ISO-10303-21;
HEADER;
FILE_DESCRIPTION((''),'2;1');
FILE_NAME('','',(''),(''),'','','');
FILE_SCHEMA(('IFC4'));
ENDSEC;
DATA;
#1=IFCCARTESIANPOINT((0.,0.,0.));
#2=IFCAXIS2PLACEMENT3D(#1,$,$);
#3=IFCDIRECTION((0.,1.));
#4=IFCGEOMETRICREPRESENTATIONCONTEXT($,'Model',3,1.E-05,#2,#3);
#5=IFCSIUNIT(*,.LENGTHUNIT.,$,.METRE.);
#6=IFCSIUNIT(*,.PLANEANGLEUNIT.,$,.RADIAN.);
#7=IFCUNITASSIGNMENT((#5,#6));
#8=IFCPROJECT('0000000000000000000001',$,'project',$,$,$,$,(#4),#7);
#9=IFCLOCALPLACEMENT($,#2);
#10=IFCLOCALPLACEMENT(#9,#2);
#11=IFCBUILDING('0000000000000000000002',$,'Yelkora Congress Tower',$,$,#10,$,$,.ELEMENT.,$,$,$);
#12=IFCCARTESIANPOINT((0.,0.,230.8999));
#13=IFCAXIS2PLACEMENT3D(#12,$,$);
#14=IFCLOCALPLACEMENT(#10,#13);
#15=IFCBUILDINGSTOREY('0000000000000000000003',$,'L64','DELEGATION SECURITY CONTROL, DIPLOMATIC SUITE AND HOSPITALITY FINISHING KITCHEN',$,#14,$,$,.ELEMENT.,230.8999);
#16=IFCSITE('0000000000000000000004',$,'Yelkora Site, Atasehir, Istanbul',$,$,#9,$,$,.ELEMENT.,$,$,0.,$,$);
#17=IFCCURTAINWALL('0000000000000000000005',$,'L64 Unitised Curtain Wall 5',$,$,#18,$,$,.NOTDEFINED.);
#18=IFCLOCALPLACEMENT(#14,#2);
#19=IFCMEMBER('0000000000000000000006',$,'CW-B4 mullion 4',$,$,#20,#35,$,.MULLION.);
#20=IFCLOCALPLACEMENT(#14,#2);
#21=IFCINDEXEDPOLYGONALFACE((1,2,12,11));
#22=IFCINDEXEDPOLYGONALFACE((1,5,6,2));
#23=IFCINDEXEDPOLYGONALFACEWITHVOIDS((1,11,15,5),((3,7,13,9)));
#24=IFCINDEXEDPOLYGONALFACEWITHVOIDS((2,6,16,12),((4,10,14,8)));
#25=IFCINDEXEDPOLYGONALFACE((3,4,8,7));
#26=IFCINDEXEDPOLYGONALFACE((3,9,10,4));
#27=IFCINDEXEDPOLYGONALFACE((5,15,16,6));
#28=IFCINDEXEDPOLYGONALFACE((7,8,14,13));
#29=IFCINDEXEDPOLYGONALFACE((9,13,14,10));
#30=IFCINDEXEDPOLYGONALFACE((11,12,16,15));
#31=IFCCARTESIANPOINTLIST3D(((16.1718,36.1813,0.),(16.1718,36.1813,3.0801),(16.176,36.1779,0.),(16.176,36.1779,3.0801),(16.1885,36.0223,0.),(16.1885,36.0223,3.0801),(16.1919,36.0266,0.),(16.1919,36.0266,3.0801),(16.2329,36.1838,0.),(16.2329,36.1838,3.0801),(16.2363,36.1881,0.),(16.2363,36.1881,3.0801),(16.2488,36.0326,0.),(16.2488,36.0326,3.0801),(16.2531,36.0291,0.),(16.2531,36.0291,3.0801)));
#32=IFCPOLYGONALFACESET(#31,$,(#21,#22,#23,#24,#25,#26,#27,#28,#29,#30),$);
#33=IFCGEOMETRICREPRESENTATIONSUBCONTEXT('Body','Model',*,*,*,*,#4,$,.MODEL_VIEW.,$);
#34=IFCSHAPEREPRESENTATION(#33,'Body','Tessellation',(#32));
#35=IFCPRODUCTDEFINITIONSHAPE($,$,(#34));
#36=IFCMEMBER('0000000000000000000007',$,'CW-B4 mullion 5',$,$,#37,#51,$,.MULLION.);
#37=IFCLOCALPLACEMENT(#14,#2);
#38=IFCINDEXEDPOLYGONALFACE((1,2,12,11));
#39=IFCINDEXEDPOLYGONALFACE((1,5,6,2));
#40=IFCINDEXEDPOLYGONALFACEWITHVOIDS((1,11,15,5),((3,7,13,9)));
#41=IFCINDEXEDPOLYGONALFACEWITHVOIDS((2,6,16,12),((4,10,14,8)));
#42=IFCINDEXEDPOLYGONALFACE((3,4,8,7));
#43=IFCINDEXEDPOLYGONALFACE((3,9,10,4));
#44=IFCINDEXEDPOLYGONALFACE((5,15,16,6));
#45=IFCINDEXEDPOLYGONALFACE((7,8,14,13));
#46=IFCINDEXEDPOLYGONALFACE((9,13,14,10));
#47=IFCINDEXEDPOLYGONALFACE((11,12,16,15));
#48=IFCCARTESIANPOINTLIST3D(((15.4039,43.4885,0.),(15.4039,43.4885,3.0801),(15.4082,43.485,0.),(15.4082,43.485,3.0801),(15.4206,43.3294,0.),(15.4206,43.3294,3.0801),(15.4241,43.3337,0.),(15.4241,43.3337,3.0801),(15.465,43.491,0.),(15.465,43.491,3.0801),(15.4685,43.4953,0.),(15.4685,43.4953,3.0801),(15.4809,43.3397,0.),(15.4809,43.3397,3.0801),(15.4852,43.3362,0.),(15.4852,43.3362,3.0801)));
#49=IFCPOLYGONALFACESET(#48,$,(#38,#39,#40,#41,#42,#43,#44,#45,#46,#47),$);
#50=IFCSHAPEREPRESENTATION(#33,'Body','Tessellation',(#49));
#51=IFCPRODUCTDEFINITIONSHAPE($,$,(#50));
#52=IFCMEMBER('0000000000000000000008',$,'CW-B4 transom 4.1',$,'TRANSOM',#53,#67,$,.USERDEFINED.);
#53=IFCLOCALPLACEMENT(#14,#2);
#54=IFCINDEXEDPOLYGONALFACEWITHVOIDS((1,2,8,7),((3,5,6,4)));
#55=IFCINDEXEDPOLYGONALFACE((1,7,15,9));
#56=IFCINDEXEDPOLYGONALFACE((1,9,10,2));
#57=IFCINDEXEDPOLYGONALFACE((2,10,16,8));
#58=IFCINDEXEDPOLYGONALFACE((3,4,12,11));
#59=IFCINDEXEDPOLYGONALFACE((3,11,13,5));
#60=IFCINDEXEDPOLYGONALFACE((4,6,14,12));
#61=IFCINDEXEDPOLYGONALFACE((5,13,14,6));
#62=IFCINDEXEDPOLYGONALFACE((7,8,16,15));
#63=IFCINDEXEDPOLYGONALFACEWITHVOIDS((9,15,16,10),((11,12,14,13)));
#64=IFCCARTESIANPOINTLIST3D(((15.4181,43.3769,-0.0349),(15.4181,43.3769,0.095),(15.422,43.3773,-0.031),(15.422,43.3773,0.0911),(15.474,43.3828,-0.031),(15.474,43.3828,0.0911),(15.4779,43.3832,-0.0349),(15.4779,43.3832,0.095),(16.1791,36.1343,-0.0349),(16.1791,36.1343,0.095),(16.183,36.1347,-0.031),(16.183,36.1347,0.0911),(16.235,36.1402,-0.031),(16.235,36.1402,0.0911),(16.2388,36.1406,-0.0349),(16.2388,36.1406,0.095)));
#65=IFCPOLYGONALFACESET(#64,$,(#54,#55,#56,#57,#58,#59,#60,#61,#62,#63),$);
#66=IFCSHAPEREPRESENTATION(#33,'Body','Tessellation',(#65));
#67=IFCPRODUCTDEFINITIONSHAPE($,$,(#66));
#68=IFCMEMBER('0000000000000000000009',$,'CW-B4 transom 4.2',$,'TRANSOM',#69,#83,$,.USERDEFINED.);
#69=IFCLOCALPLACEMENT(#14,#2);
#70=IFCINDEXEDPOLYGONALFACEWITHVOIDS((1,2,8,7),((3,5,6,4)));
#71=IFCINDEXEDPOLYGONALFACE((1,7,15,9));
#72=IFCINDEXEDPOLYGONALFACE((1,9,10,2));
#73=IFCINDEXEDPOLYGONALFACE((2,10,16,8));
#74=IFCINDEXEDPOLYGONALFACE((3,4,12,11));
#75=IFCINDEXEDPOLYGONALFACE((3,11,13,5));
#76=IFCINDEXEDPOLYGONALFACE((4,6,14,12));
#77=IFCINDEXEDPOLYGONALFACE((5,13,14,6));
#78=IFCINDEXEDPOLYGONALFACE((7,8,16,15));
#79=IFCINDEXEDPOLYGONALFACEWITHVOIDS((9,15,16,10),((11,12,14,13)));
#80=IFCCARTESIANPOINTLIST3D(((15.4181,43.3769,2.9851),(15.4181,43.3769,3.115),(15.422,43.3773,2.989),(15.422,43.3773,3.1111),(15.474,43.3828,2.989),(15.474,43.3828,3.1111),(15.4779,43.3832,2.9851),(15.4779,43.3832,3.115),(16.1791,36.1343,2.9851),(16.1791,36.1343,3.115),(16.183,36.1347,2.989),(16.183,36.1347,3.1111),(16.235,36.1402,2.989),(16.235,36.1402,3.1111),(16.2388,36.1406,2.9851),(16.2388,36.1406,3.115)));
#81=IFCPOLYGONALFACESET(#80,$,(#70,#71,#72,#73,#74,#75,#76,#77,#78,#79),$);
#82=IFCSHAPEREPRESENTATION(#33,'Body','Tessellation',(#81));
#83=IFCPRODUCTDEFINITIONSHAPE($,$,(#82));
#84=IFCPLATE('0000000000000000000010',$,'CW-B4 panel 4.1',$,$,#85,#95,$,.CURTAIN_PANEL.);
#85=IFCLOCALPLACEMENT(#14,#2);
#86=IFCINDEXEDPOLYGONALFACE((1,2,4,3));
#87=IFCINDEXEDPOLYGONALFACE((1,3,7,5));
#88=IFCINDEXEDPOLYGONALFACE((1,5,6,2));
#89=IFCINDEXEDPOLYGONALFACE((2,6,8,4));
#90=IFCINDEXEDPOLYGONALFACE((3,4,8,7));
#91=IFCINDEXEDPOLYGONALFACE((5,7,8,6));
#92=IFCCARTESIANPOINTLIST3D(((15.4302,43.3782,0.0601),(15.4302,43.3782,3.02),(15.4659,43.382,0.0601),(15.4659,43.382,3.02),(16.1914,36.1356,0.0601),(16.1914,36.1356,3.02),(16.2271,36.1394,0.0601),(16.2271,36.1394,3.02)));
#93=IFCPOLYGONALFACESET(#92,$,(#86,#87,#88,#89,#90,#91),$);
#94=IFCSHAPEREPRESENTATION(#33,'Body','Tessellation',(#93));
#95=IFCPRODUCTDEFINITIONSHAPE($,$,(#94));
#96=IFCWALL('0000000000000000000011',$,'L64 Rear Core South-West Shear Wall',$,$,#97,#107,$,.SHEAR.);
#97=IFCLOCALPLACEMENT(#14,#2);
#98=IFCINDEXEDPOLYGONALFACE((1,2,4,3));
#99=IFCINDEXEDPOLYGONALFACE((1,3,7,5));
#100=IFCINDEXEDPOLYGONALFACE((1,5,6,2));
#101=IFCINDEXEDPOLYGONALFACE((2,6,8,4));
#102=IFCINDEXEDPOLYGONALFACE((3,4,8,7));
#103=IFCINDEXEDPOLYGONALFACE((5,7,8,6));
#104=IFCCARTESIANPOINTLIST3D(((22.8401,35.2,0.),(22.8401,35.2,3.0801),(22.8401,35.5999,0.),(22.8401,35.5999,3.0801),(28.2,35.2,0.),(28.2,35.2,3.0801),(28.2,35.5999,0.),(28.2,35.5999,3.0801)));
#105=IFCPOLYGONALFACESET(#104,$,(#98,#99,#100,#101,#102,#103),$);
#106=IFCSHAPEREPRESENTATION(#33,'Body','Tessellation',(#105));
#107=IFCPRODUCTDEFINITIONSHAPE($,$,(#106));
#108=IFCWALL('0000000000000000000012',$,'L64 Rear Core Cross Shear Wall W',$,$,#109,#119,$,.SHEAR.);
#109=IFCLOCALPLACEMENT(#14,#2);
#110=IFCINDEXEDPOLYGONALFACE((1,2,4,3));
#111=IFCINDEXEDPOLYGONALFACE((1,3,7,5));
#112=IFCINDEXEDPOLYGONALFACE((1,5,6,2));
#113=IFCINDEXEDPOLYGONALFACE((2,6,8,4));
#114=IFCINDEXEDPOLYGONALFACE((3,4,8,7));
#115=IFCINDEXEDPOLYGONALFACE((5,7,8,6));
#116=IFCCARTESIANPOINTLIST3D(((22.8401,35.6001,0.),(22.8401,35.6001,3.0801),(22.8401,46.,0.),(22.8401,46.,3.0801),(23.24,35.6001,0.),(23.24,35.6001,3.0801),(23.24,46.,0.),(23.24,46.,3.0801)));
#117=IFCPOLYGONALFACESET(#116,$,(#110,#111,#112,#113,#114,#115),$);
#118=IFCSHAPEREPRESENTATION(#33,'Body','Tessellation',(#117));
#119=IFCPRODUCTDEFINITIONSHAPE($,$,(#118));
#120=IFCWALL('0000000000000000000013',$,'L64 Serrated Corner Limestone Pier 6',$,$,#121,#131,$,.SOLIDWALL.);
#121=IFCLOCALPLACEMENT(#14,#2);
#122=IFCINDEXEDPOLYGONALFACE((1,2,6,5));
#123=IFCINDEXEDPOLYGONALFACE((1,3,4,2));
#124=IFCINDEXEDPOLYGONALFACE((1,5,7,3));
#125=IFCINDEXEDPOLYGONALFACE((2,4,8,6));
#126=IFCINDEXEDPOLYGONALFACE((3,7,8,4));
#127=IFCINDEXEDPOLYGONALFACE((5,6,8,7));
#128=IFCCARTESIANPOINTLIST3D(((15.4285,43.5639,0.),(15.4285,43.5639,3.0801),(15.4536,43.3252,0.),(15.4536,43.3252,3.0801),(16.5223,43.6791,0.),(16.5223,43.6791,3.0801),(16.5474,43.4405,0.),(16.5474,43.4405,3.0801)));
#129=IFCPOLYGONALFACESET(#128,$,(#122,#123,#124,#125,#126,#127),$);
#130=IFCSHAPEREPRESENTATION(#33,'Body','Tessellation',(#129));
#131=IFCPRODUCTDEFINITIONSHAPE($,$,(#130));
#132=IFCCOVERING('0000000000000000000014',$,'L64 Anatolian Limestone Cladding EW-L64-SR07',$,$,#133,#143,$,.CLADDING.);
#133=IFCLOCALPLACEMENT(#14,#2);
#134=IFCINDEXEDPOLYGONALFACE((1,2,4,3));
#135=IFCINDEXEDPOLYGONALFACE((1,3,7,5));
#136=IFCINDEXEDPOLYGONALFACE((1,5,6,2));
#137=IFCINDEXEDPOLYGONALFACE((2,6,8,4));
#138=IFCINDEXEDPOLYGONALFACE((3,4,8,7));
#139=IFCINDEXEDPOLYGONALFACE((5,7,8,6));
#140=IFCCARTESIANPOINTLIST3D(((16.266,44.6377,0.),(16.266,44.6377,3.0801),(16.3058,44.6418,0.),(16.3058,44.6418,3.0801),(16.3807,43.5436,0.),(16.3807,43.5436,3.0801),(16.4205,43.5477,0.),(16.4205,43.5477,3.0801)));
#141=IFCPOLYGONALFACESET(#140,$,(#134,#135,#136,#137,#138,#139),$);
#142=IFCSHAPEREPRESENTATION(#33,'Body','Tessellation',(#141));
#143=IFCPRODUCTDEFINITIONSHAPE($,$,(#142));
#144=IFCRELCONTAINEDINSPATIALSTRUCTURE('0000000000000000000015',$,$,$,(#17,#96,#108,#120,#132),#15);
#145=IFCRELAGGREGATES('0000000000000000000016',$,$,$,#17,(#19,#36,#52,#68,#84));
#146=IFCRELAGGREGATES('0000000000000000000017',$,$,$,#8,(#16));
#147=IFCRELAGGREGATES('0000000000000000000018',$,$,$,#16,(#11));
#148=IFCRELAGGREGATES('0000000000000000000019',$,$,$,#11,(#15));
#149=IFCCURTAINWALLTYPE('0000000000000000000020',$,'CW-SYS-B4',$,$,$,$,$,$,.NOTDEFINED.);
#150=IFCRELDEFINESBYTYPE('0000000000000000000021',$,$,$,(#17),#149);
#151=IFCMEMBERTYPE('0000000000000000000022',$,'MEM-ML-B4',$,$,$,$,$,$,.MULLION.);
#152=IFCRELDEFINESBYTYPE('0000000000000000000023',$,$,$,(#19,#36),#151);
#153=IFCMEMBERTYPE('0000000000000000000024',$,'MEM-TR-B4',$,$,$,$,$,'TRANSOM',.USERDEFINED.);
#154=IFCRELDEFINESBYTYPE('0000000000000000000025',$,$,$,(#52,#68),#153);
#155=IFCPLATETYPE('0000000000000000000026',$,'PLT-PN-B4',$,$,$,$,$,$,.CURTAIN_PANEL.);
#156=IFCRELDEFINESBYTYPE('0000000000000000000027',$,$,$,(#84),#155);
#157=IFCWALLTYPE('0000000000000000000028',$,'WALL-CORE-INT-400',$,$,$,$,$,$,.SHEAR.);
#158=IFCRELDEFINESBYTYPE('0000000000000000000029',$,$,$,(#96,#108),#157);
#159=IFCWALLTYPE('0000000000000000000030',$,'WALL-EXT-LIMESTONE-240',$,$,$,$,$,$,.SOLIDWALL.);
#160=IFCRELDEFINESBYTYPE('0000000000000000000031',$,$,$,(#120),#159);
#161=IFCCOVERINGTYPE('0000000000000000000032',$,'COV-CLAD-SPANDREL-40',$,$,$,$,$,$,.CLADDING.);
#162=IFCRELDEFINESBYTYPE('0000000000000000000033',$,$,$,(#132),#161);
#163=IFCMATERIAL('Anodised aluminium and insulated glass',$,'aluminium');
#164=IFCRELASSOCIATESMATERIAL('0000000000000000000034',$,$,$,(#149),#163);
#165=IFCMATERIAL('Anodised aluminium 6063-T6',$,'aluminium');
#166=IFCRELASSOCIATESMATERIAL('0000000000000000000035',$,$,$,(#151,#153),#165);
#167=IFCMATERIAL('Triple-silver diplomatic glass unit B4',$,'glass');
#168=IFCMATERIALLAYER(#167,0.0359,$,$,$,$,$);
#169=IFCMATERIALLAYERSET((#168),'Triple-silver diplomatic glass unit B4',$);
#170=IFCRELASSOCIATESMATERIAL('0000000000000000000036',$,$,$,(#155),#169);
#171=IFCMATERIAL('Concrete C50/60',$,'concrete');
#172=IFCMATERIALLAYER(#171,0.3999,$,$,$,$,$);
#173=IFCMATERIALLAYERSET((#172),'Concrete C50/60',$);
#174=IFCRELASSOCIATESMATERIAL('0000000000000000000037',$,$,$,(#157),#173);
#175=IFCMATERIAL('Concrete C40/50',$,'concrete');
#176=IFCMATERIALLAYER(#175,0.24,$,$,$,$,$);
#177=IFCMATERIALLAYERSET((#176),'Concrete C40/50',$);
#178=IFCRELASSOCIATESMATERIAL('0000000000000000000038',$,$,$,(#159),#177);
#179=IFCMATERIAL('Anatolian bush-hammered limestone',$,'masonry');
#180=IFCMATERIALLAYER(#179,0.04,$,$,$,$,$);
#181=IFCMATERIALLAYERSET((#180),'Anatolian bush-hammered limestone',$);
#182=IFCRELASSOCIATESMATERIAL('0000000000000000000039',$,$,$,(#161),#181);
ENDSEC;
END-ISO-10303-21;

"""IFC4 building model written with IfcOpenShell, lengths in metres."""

from ifc_helpers import new_model, si_unit, direction, frame, frame_2d, origin, origin_2d, place, context, subcontext, project, spatial, rectangle, hollow_rectangle, extrude, material, layer, layer_set, material_profile, profile_set, type_object, element, aggregate, save


model = new_model("IFC4")

# Units and contexts
model_context = context("Model", 3, precision=1e-05, world=origin(), true_north=direction((0.0, 1.0)))
body_context = subcontext(model_context, "Body", "Model", "MODEL_VIEW")
ifc_project = project(units=[si_unit("LENGTHUNIT", "METRE"), si_unit("PLANEANGLEUNIT", "RADIAN")], contexts=[model_context])

# Site, building, storey
site_placement = place(None, origin())
site = spatial("IfcSite", under=ifc_project, at=site_placement, Name="Yelkora Site, Atasehir, Istanbul", CompositionType="ELEMENT", RefElevation=0.0)
building_placement = place(site_placement, origin())
building = spatial("IfcBuilding", under=site, at=building_placement, Name="Yelkora Congress Tower", CompositionType="ELEMENT")
storey_placement = place(building_placement, frame((0.0, 0.0, 230.8999)))
storey = spatial("IfcBuildingStorey", under=building, at=storey_placement, Name="L64", Description="DELEGATION SECURITY CONTROL, DIPLOMATIC SUITE AND HOSPITALITY FINISHING KITCHEN", CompositionType="ELEMENT", Elevation=230.8999)

# Curtain wall, members, plate
ifc_material_1 = material(Name="Anodised aluminium and insulated glass", Category="aluminium")
curtain_wall_type = type_object("IfcCurtainWallType", Name="CW-SYS-B4", PredefinedType="NOTDEFINED", material=ifc_material_1)
curtain_wall_placement = place(storey_placement, origin())
curtain_wall = element("IfcCurtainWall", 1, at=curtain_wall_placement, inside=storey, type_object=curtain_wall_type, Name="L64 Unitised Curtain Wall 5", PredefinedType="NOTDEFINED")
ifc_material_2 = material(Name="Anodised aluminium 6063-T6", Category="aluminium")
ifc_material_profile_1 = material_profile(ifc_material_2, hollow_rectangle(XDim=0.0649, YDim=0.1599, WallThickness=0.0039, at=origin_2d()), Name="ALU 65x160x4")
ifc_profile_set_1 = profile_set([ifc_material_profile_1], Name="Anodised aluminium 6063-T6")
member_type_1 = type_object("IfcMemberType", Name="MEM-ML-B4", PredefinedType="MULLION", material=ifc_profile_set_1)
member_1_placement = place(storey_placement, frame((16.2124, 36.1052, 0.0), z_axis=(0.0, 0.0, 1.0), x_axis=(-0.994522, -0.104526, 0.0)))
member_1 = element("IfcMember", 2, at=member_1_placement, type_object=member_type_1, Name="CW-B4 mullion 4", PredefinedType="MULLION", context=body_context, shape_type="SweptSolid", body=[
    extrude(hollow_rectangle(XDim=0.0649, YDim=0.1599, WallThickness=0.0039, at=origin_2d()), origin(), (0.0, 0.0, 1.0), 3.0801),
])
member_2_placement = place(storey_placement, frame((15.4446, 43.4124, 0.0), z_axis=(0.0, 0.0, 1.0), x_axis=(-0.994522, -0.104526, 0.0)))
member_2 = element("IfcMember", 3, at=member_2_placement, type_object=member_type_1, Name="CW-B4 mullion 5", PredefinedType="MULLION", context=body_context, shape_type="SweptSolid", body=[
    extrude(hollow_rectangle(XDim=0.0649, YDim=0.1599, WallThickness=0.0039, at=origin_2d()), origin(), (0.0, 0.0, 1.0), 3.0801),
])
ifc_material_profile_2 = material_profile(ifc_material_2, hollow_rectangle(XDim=0.0601, YDim=0.1299, WallThickness=0.0039, at=origin_2d()), Name="ALU 60x130x4")
ifc_profile_set_2 = profile_set([ifc_material_profile_2], Name="Anodised aluminium 6063-T6")
member_type_2 = type_object("IfcMemberType", Name="MEM-TR-B4", ElementType="TRANSOM", PredefinedType="USERDEFINED", material=ifc_profile_set_2)
member_3_placement = place(storey_placement, frame((16.209, 36.1375, 0.03), z_axis=(-0.104495, 0.994525, 0.0), x_axis=(-0.994525, -0.104495, 0.0)))
member_3 = element("IfcMember", 4, at=member_3_placement, type_object=member_type_2, Name="CW-B4 transom 4.1", ObjectType="TRANSOM", PredefinedType="USERDEFINED", context=body_context, shape_type="SweptSolid", body=[
    extrude(hollow_rectangle(XDim=0.0601, YDim=0.1299, WallThickness=0.0039, at=origin_2d()), origin(), (0.0, 0.0, 1.0), 7.2825),
])
member_4_placement = place(storey_placement, frame((16.209, 36.1375, 3.05), z_axis=(-0.104495, 0.994525, 0.0), x_axis=(-0.994525, -0.104495, 0.0)))
member_4 = element("IfcMember", 5, at=member_4_placement, type_object=member_type_2, Name="CW-B4 transom 4.2", ObjectType="TRANSOM", PredefinedType="USERDEFINED", context=body_context, shape_type="SweptSolid", body=[
    extrude(hollow_rectangle(XDim=0.0601, YDim=0.1299, WallThickness=0.0039, at=origin_2d()), origin(), (0.0, 0.0, 1.0), 7.2825),
])
ifc_material_3 = material(Name="Triple-silver diplomatic glass unit B4", Category="glass")
ifc_layer_1 = layer(ifc_material_3, 0.0359)
ifc_layer_set_1 = layer_set([ifc_layer_1], Name="Triple-silver diplomatic glass unit B4")
plate_type = type_object("IfcPlateType", Name="PLT-PN-B4", PredefinedType="CURTAIN_PANEL", material=ifc_layer_set_1)
plate_placement = place(storey_placement, frame((15.8286, 39.7588, 0.0601), z_axis=(0.0, 0.0, 1.0), x_axis=(-0.104526, 0.994522, 0.0)))
plate = element("IfcPlate", 6, at=plate_placement, type_object=plate_type, Name="CW-B4 panel 4.1", PredefinedType="CURTAIN_PANEL", context=body_context, shape_type="SweptSolid", body=[
    extrude(rectangle(XDim=7.2825, YDim=0.0359, at=origin_2d()), origin(), (0.0, 0.0, 1.0), 2.96),
])
aggregate(curtain_wall, [member_1, member_2, member_3, member_4, plate])

# Walls
ifc_material_4 = material(Name="Concrete C50/60", Category="concrete")
ifc_layer_2 = layer(ifc_material_4, 0.3999)
ifc_layer_set_2 = layer_set([ifc_layer_2], Name="Concrete C50/60")
wall_type_1 = type_object("IfcWallType", Name="WALL-CORE-INT-400", PredefinedType="SHEAR", material=ifc_layer_set_2)
wall_1_placement = place(storey_placement, frame((22.8401, 35.3999, 0.0), z_axis=(0.0, 0.0, 1.0), x_axis=(1.0, 0.0, 0.0)))
element("IfcWall", 7, at=wall_1_placement, inside=storey, type_object=wall_type_1, Name="L64 Rear Core South-West Shear Wall", PredefinedType="SHEAR", context=body_context, shape_type="SweptSolid", body=[
    extrude(rectangle(XDim=5.3599, YDim=0.3999, at=frame_2d((2.6799, 0.0))), origin(), (0.0, 0.0, 1.0), 3.0801),
])
wall_2_placement = place(storey_placement, frame((23.04, 35.6001, 0.0), z_axis=(0.0, 0.0, 1.0), x_axis=(0.0, 1.0, 0.0)))
element("IfcWall", 8, at=wall_2_placement, inside=storey, type_object=wall_type_1, Name="L64 Rear Core Cross Shear Wall W", PredefinedType="SHEAR", context=body_context, shape_type="SweptSolid", body=[
    extrude(rectangle(XDim=10.3999, YDim=0.3999, at=frame_2d((5.2, 0.0))), origin(), (0.0, 0.0, 1.0), 3.0801),
])
ifc_material_5 = material(Name="Concrete C40/50", Category="concrete")
ifc_layer_3 = layer(ifc_material_5, 0.24)
ifc_layer_set_3 = layer_set([ifc_layer_3], Name="Concrete C40/50")
wall_type_2 = type_object("IfcWallType", Name="WALL-EXT-LIMESTONE-240", PredefinedType="SOLIDWALL", material=ifc_layer_set_3)
wall_3_placement = place(storey_placement, frame((15.4412, 43.4446, 0.0), z_axis=(0.0, 0.0, 1.0), x_axis=(0.994496, 0.104777, 0.0)))
element("IfcWall", 9, at=wall_3_placement, inside=storey, type_object=wall_type_2, Name="L64 Serrated Corner Limestone Pier 6", PredefinedType="SOLIDWALL", context=body_context, shape_type="SweptSolid", body=[
    extrude(rectangle(XDim=1.0999, YDim=0.24, at=frame_2d((0.5498, 0.0))), origin(), (0.0, 0.0, 1.0), 3.0801),
])

# Covering
ifc_material_6 = material(Name="Anatolian bush-hammered limestone", Category="masonry")
ifc_layer_4 = layer(ifc_material_6, 0.04)
ifc_layer_set_4 = layer_set([ifc_layer_4], Name="Anatolian bush-hammered limestone")
covering_type = type_object("IfcCoveringType", Name="COV-CLAD-SPANDREL-40", PredefinedType="CLADDING", material=ifc_layer_set_4)
covering_placement = place(storey_placement, frame((16.4006, 43.5457, 0.0), z_axis=(0.0, 0.0, 1.0), x_axis=(-0.104315, 0.994544, 0.0)))
element("IfcCovering", 10, at=covering_placement, inside=storey, type_object=covering_type, Name="L64 Anatolian Limestone Cladding EW-L64-SR07", PredefinedType="CLADDING", context=body_context, shape_type="SweptSolid", body=[
    extrude(rectangle(XDim=1.1001, YDim=0.04, at=frame_2d((0.55, 0.0))), origin(), (0.0, 0.0, 1.0), 3.0801),
])

save(model, "model.ifc")
